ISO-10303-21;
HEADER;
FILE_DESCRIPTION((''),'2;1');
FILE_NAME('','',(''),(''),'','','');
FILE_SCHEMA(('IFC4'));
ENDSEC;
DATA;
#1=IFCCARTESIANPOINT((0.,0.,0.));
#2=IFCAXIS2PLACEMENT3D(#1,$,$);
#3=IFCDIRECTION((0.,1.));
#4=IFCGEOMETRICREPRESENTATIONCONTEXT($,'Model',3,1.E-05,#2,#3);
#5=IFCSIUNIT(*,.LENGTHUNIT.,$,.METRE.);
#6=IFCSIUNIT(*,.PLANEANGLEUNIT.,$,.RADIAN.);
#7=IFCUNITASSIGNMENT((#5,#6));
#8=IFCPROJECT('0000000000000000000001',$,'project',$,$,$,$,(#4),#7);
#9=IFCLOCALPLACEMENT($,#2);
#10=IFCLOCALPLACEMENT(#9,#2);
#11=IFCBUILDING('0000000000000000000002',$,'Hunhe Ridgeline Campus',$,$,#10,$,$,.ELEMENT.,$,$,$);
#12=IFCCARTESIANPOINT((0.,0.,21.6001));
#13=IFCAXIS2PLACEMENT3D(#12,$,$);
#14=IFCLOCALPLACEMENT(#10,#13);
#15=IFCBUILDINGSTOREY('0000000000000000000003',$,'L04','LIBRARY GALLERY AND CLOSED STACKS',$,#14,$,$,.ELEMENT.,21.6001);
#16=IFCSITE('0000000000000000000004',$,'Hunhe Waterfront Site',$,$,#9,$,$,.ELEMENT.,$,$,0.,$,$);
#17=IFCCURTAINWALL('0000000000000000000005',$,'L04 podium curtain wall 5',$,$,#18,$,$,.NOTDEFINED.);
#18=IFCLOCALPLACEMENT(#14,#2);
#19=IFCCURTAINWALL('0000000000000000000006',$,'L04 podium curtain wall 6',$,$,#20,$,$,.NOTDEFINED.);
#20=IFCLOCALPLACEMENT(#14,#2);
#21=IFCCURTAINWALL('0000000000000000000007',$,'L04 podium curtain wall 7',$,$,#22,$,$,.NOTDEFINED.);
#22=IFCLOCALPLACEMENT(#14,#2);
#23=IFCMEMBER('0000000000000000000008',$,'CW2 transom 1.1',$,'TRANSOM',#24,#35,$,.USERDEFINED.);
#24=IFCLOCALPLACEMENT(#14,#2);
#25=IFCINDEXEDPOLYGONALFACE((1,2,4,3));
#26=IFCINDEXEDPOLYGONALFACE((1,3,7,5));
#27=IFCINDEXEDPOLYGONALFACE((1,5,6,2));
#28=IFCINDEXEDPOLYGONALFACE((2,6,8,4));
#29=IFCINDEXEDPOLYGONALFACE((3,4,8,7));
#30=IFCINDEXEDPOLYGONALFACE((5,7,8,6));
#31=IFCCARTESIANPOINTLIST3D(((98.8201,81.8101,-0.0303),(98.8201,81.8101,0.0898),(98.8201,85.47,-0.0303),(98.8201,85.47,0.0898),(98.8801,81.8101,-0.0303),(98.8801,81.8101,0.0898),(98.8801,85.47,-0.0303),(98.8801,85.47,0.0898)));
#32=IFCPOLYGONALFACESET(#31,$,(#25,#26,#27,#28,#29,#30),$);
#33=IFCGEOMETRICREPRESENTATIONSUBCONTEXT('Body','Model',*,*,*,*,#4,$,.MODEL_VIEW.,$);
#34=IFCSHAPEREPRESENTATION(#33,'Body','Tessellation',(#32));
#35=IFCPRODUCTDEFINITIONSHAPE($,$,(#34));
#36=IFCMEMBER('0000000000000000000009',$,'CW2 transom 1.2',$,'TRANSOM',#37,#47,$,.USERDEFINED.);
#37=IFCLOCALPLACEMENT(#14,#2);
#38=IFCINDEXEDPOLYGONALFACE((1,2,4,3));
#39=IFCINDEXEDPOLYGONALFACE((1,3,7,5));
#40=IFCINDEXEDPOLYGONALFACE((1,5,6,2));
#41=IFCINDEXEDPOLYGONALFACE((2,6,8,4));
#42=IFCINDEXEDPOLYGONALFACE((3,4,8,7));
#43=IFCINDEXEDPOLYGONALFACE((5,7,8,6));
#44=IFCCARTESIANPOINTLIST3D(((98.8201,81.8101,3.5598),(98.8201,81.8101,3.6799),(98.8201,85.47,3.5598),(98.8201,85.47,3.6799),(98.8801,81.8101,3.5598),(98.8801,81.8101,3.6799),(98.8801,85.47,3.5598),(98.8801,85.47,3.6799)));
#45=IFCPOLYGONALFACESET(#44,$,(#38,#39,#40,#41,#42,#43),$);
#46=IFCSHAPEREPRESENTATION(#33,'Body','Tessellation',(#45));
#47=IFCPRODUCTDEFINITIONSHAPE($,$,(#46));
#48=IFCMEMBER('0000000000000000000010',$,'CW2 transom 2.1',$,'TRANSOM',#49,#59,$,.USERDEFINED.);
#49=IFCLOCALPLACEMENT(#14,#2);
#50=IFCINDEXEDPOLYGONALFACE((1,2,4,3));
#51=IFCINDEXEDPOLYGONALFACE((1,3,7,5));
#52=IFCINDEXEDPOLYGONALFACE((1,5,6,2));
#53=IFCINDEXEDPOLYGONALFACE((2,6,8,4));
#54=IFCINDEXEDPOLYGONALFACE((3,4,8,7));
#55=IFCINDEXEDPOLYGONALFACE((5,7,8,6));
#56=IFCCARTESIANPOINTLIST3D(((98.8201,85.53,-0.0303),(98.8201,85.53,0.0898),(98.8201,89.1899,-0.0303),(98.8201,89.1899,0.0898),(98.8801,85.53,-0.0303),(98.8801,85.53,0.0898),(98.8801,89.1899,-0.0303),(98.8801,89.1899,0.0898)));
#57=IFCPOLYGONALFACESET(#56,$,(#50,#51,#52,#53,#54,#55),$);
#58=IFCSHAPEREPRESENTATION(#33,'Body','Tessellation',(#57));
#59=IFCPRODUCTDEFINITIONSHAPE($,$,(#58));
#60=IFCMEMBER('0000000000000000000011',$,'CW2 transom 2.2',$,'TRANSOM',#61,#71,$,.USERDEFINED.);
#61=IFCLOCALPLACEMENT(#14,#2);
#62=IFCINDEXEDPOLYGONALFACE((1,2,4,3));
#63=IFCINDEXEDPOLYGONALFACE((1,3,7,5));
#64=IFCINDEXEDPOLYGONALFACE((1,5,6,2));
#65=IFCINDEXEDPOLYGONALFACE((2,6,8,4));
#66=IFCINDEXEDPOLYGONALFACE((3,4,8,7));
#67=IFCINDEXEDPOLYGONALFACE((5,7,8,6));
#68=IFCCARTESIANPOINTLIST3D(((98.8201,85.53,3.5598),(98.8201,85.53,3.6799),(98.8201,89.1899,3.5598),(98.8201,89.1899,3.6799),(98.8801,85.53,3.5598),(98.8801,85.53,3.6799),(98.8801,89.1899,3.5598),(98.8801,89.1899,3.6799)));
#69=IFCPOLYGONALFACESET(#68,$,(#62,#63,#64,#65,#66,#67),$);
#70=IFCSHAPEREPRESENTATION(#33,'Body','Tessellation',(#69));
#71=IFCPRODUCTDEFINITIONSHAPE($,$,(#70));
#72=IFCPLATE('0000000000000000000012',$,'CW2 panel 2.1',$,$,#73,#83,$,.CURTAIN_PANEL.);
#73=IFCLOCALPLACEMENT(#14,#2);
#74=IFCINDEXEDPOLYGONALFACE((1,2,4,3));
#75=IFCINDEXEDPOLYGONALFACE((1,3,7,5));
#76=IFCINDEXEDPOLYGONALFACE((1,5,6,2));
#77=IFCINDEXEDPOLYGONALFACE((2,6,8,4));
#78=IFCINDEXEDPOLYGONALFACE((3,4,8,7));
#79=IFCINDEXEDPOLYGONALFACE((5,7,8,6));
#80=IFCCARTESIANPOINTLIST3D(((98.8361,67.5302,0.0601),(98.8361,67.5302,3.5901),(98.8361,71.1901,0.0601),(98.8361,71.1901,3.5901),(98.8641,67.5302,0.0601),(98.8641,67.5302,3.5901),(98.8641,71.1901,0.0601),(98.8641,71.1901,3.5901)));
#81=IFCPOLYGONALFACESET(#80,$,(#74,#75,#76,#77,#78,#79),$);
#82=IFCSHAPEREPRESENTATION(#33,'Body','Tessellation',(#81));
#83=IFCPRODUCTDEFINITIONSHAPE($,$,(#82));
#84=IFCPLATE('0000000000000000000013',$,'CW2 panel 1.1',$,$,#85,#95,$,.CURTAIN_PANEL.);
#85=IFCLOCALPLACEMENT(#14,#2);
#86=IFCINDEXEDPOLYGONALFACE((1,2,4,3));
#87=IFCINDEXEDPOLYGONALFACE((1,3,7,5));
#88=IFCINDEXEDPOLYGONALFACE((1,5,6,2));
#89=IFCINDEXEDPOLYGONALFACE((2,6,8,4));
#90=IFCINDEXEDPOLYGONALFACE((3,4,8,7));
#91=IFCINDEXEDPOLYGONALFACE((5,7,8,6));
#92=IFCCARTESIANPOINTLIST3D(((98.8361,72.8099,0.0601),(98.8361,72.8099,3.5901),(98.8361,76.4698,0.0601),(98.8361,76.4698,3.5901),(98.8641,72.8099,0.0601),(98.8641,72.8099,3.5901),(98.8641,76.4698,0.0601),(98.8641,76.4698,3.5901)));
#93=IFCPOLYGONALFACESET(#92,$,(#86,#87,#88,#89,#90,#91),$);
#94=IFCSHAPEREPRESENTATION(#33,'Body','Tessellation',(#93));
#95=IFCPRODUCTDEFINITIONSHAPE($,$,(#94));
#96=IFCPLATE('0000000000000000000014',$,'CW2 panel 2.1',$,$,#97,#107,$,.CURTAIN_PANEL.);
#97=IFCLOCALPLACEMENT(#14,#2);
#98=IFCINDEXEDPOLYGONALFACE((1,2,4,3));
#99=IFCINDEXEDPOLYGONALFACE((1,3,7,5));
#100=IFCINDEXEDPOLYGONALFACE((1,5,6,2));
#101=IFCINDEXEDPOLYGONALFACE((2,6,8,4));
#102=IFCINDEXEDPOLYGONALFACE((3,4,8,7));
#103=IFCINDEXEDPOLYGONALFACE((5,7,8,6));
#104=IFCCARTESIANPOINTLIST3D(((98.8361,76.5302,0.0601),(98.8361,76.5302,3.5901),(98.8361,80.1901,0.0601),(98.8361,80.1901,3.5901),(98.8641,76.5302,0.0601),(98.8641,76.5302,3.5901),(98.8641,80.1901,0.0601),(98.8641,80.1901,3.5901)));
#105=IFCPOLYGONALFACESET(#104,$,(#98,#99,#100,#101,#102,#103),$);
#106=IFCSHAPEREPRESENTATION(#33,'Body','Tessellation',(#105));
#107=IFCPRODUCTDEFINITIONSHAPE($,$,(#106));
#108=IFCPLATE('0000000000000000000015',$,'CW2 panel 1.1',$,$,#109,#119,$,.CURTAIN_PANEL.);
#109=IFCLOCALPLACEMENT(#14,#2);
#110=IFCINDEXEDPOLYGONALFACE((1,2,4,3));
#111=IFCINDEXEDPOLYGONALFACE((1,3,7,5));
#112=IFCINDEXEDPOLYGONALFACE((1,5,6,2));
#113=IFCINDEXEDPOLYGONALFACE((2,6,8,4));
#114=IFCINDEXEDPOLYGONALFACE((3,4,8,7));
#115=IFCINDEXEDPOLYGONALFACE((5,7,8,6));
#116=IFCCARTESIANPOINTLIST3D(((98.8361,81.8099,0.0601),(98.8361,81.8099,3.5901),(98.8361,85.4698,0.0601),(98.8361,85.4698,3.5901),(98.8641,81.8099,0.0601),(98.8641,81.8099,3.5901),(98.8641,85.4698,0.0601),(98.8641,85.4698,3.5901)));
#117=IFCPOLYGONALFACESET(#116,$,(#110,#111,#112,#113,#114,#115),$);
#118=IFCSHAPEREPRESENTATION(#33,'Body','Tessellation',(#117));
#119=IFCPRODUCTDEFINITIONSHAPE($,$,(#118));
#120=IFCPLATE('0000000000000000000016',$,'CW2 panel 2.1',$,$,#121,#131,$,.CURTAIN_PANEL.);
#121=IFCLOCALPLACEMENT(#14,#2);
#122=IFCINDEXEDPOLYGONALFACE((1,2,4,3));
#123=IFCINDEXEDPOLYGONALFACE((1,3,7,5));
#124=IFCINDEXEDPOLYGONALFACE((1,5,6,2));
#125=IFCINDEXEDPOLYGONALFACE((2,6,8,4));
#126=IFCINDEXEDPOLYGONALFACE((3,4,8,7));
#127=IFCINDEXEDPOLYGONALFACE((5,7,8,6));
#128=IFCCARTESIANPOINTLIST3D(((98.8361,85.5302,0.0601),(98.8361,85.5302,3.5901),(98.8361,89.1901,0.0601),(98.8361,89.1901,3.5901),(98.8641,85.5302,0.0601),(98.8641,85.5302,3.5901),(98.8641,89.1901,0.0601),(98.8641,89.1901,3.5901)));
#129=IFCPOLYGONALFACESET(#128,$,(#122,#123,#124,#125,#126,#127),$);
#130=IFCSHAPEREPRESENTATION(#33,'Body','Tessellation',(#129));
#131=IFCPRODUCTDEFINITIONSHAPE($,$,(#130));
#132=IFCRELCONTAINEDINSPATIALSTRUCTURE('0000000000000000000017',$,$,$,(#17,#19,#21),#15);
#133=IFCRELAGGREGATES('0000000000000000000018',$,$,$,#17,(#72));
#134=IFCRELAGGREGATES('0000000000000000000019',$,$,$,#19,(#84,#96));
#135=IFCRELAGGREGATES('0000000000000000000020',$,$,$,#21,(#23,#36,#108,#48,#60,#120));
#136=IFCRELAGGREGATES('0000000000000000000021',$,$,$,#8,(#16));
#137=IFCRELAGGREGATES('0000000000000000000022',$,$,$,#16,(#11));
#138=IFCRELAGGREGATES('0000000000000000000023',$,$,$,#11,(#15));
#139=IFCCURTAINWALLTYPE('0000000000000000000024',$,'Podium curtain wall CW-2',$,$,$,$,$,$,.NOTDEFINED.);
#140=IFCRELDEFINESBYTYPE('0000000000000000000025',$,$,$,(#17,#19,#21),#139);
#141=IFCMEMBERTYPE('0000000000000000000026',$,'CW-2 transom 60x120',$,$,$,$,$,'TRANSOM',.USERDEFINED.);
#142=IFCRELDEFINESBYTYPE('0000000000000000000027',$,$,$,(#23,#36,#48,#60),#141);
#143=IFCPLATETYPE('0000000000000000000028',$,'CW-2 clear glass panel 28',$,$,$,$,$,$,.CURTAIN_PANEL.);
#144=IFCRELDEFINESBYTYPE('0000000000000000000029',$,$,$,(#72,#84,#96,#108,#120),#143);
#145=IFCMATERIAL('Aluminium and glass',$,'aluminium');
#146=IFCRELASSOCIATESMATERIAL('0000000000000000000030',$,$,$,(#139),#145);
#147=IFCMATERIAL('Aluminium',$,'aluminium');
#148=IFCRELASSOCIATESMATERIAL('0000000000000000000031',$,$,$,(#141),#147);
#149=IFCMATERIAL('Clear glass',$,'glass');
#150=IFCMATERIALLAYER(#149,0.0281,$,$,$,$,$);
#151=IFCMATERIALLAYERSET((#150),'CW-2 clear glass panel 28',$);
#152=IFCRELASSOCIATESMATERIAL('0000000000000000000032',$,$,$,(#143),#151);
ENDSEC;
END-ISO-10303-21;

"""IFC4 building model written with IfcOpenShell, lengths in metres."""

from ifc_helpers import new_model, si_unit, direction, frame, origin, origin_2d, place, context, subcontext, project, spatial, rectangle, extrude, material, layer, layer_set, material_profile, profile_set, type_object, element, aggregate, save


model = new_model("IFC4")

# Units and contexts
model_context = context("Model", 3, precision=1e-05, world=origin(), true_north=direction((0.0, 1.0)))
body_context = subcontext(model_context, "Body", "Model", "MODEL_VIEW")
ifc_project = project(units=[si_unit("LENGTHUNIT", "METRE"), si_unit("PLANEANGLEUNIT", "RADIAN")], contexts=[model_context])

# Site, building, storey
site_placement = place(None, origin())
site = spatial("IfcSite", under=ifc_project, at=site_placement, Name="Hunhe Waterfront Site", CompositionType="ELEMENT", RefElevation=0.0)
building_placement = place(site_placement, origin())
building = spatial("IfcBuilding", under=site, at=building_placement, Name="Hunhe Ridgeline Campus", CompositionType="ELEMENT")
storey_placement = place(building_placement, frame((0.0, 0.0, 21.6001)))
storey = spatial("IfcBuildingStorey", under=building, at=storey_placement, Name="L04", Description="LIBRARY GALLERY AND CLOSED STACKS", CompositionType="ELEMENT", Elevation=21.6001)

# Curtain walls
ifc_material_1 = material(Name="Aluminium and glass", Category="aluminium")
curtain_wall_type = type_object("IfcCurtainWallType", Name="Podium curtain wall CW-2", PredefinedType="NOTDEFINED", material=ifc_material_1)
curtain_wall_1_placement = place(storey_placement, origin())
curtain_wall_1 = element("IfcCurtainWall", 1, at=curtain_wall_1_placement, inside=storey, type_object=curtain_wall_type, Name="L04 podium curtain wall 5", PredefinedType="NOTDEFINED")
ifc_material_2 = material(Name="Aluminium", Category="aluminium")
curtain_wall_2_placement = place(storey_placement, origin())
curtain_wall_2 = element("IfcCurtainWall", 2, at=curtain_wall_2_placement, inside=storey, type_object=curtain_wall_type, Name="L04 podium curtain wall 6", PredefinedType="NOTDEFINED")
curtain_wall_3_placement = place(storey_placement, origin())
curtain_wall_3 = element("IfcCurtainWall", 3, at=curtain_wall_3_placement, inside=storey, type_object=curtain_wall_type, Name="L04 podium curtain wall 7", PredefinedType="NOTDEFINED")

# Members
ifc_material_profile_1 = material_profile(ifc_material_2, rectangle(XDim=0.0601, YDim=0.1201, at=origin_2d()))
ifc_profile_set_1 = profile_set([ifc_material_profile_1], Name="Aluminium")
member_type_1 = type_object("IfcMemberType", Name="CW-2 transom 60x120", ElementType="TRANSOM", PredefinedType="USERDEFINED", material=ifc_profile_set_1)
member_1_placement = place(storey_placement, frame((98.8501, 81.8101, 0.0298), z_axis=(0.0, 1.0, 0.0), x_axis=(-1.0, 0.0, 0.0)))
member_1 = element("IfcMember", 4, at=member_1_placement, type_object=member_type_1, Name="CW2 transom 1.1", ObjectType="TRANSOM", PredefinedType="USERDEFINED", context=body_context, shape_type="SweptSolid", body=[
    extrude(rectangle(XDim=0.0601, YDim=0.1201, at=origin_2d()), origin(), (0.0, 0.0, 1.0), 3.6599),
])
member_2_placement = place(storey_placement, frame((98.8501, 81.8101, 3.6199), z_axis=(0.0, 1.0, 0.0), x_axis=(-1.0, 0.0, 0.0)))
member_2 = element("IfcMember", 5, at=member_2_placement, type_object=member_type_1, Name="CW2 transom 1.2", ObjectType="TRANSOM", PredefinedType="USERDEFINED", context=body_context, shape_type="SweptSolid", body=[
    extrude(rectangle(XDim=0.0601, YDim=0.1201, at=origin_2d()), origin(), (0.0, 0.0, 1.0), 3.6599),
])
member_3_placement = place(storey_placement, frame((98.8501, 85.53, 0.0298), z_axis=(0.0, 1.0, 0.0), x_axis=(-1.0, 0.0, 0.0)))
member_3 = element("IfcMember", 6, at=member_3_placement, type_object=member_type_1, Name="CW2 transom 2.1", ObjectType="TRANSOM", PredefinedType="USERDEFINED", context=body_context, shape_type="SweptSolid", body=[
    extrude(rectangle(XDim=0.0601, YDim=0.1201, at=origin_2d()), origin(), (0.0, 0.0, 1.0), 3.6599),
])
member_4_placement = place(storey_placement, frame((98.8501, 85.53, 3.6199), z_axis=(0.0, 1.0, 0.0), x_axis=(-1.0, 0.0, 0.0)))
member_4 = element("IfcMember", 7, at=member_4_placement, type_object=member_type_1, Name="CW2 transom 2.2", ObjectType="TRANSOM", PredefinedType="USERDEFINED", context=body_context, shape_type="SweptSolid", body=[
    extrude(rectangle(XDim=0.0601, YDim=0.1201, at=origin_2d()), origin(), (0.0, 0.0, 1.0), 3.6599),
])

# Plates
ifc_material_3 = material(Name="Clear glass", Category="glass")
ifc_layer = layer(ifc_material_3, 0.0281)
ifc_layer_set = layer_set([ifc_layer], Name="CW-2 clear glass panel 28")
plate_type = type_object("IfcPlateType", Name="CW-2 clear glass panel 28", PredefinedType="CURTAIN_PANEL", material=ifc_layer_set)
plate_1_placement = place(storey_placement, frame((98.8501, 69.3601, 0.0601), z_axis=(0.0, 0.0, 1.0), x_axis=(0.0, 1.0, 0.0)))
plate_1 = element("IfcPlate", 8, at=plate_1_placement, type_object=plate_type, Name="CW2 panel 2.1", PredefinedType="CURTAIN_PANEL", context=body_context, shape_type="SweptSolid", body=[
    extrude(rectangle(XDim=3.6599, YDim=0.0281, at=origin_2d()), origin(), (0.0, 0.0, 1.0), 3.53),
])
aggregate(curtain_wall_1, [plate_1])
plate_2_placement = place(storey_placement, frame((98.8501, 74.6399, 0.0601), z_axis=(0.0, 0.0, 1.0), x_axis=(0.0, 1.0, 0.0)))
plate_2 = element("IfcPlate", 9, at=plate_2_placement, type_object=plate_type, Name="CW2 panel 1.1", PredefinedType="CURTAIN_PANEL", context=body_context, shape_type="SweptSolid", body=[
    extrude(rectangle(XDim=3.6599, YDim=0.0281, at=origin_2d()), origin(), (0.0, 0.0, 1.0), 3.53),
])
plate_3_placement = place(storey_placement, frame((98.8501, 78.3601, 0.0601), z_axis=(0.0, 0.0, 1.0), x_axis=(0.0, 1.0, 0.0)))
plate_3 = element("IfcPlate", 10, at=plate_3_placement, type_object=plate_type, Name="CW2 panel 2.1", PredefinedType="CURTAIN_PANEL", context=body_context, shape_type="SweptSolid", body=[
    extrude(rectangle(XDim=3.6599, YDim=0.0281, at=origin_2d()), origin(), (0.0, 0.0, 1.0), 3.53),
])
aggregate(curtain_wall_2, [plate_2, plate_3])
plate_4_placement = place(storey_placement, frame((98.8501, 83.6399, 0.0601), z_axis=(0.0, 0.0, 1.0), x_axis=(0.0, 1.0, 0.0)))
plate_4 = element("IfcPlate", 11, at=plate_4_placement, type_object=plate_type, Name="CW2 panel 1.1", PredefinedType="CURTAIN_PANEL", context=body_context, shape_type="SweptSolid", body=[
    extrude(rectangle(XDim=3.6599, YDim=0.0281, at=origin_2d()), origin(), (0.0, 0.0, 1.0), 3.53),
])
plate_5_placement = place(storey_placement, frame((98.8501, 87.3601, 0.0601), z_axis=(0.0, 0.0, 1.0), x_axis=(0.0, 1.0, 0.0)))
plate_5 = element("IfcPlate", 12, at=plate_5_placement, type_object=plate_type, Name="CW2 panel 2.1", PredefinedType="CURTAIN_PANEL", context=body_context, shape_type="SweptSolid", body=[
    extrude(rectangle(XDim=3.6599, YDim=0.0281, at=origin_2d()), origin(), (0.0, 0.0, 1.0), 3.53),
])
aggregate(curtain_wall_3, [member_1, member_2, plate_4, member_3, member_4, plate_5])

save(model, "model.ifc")
